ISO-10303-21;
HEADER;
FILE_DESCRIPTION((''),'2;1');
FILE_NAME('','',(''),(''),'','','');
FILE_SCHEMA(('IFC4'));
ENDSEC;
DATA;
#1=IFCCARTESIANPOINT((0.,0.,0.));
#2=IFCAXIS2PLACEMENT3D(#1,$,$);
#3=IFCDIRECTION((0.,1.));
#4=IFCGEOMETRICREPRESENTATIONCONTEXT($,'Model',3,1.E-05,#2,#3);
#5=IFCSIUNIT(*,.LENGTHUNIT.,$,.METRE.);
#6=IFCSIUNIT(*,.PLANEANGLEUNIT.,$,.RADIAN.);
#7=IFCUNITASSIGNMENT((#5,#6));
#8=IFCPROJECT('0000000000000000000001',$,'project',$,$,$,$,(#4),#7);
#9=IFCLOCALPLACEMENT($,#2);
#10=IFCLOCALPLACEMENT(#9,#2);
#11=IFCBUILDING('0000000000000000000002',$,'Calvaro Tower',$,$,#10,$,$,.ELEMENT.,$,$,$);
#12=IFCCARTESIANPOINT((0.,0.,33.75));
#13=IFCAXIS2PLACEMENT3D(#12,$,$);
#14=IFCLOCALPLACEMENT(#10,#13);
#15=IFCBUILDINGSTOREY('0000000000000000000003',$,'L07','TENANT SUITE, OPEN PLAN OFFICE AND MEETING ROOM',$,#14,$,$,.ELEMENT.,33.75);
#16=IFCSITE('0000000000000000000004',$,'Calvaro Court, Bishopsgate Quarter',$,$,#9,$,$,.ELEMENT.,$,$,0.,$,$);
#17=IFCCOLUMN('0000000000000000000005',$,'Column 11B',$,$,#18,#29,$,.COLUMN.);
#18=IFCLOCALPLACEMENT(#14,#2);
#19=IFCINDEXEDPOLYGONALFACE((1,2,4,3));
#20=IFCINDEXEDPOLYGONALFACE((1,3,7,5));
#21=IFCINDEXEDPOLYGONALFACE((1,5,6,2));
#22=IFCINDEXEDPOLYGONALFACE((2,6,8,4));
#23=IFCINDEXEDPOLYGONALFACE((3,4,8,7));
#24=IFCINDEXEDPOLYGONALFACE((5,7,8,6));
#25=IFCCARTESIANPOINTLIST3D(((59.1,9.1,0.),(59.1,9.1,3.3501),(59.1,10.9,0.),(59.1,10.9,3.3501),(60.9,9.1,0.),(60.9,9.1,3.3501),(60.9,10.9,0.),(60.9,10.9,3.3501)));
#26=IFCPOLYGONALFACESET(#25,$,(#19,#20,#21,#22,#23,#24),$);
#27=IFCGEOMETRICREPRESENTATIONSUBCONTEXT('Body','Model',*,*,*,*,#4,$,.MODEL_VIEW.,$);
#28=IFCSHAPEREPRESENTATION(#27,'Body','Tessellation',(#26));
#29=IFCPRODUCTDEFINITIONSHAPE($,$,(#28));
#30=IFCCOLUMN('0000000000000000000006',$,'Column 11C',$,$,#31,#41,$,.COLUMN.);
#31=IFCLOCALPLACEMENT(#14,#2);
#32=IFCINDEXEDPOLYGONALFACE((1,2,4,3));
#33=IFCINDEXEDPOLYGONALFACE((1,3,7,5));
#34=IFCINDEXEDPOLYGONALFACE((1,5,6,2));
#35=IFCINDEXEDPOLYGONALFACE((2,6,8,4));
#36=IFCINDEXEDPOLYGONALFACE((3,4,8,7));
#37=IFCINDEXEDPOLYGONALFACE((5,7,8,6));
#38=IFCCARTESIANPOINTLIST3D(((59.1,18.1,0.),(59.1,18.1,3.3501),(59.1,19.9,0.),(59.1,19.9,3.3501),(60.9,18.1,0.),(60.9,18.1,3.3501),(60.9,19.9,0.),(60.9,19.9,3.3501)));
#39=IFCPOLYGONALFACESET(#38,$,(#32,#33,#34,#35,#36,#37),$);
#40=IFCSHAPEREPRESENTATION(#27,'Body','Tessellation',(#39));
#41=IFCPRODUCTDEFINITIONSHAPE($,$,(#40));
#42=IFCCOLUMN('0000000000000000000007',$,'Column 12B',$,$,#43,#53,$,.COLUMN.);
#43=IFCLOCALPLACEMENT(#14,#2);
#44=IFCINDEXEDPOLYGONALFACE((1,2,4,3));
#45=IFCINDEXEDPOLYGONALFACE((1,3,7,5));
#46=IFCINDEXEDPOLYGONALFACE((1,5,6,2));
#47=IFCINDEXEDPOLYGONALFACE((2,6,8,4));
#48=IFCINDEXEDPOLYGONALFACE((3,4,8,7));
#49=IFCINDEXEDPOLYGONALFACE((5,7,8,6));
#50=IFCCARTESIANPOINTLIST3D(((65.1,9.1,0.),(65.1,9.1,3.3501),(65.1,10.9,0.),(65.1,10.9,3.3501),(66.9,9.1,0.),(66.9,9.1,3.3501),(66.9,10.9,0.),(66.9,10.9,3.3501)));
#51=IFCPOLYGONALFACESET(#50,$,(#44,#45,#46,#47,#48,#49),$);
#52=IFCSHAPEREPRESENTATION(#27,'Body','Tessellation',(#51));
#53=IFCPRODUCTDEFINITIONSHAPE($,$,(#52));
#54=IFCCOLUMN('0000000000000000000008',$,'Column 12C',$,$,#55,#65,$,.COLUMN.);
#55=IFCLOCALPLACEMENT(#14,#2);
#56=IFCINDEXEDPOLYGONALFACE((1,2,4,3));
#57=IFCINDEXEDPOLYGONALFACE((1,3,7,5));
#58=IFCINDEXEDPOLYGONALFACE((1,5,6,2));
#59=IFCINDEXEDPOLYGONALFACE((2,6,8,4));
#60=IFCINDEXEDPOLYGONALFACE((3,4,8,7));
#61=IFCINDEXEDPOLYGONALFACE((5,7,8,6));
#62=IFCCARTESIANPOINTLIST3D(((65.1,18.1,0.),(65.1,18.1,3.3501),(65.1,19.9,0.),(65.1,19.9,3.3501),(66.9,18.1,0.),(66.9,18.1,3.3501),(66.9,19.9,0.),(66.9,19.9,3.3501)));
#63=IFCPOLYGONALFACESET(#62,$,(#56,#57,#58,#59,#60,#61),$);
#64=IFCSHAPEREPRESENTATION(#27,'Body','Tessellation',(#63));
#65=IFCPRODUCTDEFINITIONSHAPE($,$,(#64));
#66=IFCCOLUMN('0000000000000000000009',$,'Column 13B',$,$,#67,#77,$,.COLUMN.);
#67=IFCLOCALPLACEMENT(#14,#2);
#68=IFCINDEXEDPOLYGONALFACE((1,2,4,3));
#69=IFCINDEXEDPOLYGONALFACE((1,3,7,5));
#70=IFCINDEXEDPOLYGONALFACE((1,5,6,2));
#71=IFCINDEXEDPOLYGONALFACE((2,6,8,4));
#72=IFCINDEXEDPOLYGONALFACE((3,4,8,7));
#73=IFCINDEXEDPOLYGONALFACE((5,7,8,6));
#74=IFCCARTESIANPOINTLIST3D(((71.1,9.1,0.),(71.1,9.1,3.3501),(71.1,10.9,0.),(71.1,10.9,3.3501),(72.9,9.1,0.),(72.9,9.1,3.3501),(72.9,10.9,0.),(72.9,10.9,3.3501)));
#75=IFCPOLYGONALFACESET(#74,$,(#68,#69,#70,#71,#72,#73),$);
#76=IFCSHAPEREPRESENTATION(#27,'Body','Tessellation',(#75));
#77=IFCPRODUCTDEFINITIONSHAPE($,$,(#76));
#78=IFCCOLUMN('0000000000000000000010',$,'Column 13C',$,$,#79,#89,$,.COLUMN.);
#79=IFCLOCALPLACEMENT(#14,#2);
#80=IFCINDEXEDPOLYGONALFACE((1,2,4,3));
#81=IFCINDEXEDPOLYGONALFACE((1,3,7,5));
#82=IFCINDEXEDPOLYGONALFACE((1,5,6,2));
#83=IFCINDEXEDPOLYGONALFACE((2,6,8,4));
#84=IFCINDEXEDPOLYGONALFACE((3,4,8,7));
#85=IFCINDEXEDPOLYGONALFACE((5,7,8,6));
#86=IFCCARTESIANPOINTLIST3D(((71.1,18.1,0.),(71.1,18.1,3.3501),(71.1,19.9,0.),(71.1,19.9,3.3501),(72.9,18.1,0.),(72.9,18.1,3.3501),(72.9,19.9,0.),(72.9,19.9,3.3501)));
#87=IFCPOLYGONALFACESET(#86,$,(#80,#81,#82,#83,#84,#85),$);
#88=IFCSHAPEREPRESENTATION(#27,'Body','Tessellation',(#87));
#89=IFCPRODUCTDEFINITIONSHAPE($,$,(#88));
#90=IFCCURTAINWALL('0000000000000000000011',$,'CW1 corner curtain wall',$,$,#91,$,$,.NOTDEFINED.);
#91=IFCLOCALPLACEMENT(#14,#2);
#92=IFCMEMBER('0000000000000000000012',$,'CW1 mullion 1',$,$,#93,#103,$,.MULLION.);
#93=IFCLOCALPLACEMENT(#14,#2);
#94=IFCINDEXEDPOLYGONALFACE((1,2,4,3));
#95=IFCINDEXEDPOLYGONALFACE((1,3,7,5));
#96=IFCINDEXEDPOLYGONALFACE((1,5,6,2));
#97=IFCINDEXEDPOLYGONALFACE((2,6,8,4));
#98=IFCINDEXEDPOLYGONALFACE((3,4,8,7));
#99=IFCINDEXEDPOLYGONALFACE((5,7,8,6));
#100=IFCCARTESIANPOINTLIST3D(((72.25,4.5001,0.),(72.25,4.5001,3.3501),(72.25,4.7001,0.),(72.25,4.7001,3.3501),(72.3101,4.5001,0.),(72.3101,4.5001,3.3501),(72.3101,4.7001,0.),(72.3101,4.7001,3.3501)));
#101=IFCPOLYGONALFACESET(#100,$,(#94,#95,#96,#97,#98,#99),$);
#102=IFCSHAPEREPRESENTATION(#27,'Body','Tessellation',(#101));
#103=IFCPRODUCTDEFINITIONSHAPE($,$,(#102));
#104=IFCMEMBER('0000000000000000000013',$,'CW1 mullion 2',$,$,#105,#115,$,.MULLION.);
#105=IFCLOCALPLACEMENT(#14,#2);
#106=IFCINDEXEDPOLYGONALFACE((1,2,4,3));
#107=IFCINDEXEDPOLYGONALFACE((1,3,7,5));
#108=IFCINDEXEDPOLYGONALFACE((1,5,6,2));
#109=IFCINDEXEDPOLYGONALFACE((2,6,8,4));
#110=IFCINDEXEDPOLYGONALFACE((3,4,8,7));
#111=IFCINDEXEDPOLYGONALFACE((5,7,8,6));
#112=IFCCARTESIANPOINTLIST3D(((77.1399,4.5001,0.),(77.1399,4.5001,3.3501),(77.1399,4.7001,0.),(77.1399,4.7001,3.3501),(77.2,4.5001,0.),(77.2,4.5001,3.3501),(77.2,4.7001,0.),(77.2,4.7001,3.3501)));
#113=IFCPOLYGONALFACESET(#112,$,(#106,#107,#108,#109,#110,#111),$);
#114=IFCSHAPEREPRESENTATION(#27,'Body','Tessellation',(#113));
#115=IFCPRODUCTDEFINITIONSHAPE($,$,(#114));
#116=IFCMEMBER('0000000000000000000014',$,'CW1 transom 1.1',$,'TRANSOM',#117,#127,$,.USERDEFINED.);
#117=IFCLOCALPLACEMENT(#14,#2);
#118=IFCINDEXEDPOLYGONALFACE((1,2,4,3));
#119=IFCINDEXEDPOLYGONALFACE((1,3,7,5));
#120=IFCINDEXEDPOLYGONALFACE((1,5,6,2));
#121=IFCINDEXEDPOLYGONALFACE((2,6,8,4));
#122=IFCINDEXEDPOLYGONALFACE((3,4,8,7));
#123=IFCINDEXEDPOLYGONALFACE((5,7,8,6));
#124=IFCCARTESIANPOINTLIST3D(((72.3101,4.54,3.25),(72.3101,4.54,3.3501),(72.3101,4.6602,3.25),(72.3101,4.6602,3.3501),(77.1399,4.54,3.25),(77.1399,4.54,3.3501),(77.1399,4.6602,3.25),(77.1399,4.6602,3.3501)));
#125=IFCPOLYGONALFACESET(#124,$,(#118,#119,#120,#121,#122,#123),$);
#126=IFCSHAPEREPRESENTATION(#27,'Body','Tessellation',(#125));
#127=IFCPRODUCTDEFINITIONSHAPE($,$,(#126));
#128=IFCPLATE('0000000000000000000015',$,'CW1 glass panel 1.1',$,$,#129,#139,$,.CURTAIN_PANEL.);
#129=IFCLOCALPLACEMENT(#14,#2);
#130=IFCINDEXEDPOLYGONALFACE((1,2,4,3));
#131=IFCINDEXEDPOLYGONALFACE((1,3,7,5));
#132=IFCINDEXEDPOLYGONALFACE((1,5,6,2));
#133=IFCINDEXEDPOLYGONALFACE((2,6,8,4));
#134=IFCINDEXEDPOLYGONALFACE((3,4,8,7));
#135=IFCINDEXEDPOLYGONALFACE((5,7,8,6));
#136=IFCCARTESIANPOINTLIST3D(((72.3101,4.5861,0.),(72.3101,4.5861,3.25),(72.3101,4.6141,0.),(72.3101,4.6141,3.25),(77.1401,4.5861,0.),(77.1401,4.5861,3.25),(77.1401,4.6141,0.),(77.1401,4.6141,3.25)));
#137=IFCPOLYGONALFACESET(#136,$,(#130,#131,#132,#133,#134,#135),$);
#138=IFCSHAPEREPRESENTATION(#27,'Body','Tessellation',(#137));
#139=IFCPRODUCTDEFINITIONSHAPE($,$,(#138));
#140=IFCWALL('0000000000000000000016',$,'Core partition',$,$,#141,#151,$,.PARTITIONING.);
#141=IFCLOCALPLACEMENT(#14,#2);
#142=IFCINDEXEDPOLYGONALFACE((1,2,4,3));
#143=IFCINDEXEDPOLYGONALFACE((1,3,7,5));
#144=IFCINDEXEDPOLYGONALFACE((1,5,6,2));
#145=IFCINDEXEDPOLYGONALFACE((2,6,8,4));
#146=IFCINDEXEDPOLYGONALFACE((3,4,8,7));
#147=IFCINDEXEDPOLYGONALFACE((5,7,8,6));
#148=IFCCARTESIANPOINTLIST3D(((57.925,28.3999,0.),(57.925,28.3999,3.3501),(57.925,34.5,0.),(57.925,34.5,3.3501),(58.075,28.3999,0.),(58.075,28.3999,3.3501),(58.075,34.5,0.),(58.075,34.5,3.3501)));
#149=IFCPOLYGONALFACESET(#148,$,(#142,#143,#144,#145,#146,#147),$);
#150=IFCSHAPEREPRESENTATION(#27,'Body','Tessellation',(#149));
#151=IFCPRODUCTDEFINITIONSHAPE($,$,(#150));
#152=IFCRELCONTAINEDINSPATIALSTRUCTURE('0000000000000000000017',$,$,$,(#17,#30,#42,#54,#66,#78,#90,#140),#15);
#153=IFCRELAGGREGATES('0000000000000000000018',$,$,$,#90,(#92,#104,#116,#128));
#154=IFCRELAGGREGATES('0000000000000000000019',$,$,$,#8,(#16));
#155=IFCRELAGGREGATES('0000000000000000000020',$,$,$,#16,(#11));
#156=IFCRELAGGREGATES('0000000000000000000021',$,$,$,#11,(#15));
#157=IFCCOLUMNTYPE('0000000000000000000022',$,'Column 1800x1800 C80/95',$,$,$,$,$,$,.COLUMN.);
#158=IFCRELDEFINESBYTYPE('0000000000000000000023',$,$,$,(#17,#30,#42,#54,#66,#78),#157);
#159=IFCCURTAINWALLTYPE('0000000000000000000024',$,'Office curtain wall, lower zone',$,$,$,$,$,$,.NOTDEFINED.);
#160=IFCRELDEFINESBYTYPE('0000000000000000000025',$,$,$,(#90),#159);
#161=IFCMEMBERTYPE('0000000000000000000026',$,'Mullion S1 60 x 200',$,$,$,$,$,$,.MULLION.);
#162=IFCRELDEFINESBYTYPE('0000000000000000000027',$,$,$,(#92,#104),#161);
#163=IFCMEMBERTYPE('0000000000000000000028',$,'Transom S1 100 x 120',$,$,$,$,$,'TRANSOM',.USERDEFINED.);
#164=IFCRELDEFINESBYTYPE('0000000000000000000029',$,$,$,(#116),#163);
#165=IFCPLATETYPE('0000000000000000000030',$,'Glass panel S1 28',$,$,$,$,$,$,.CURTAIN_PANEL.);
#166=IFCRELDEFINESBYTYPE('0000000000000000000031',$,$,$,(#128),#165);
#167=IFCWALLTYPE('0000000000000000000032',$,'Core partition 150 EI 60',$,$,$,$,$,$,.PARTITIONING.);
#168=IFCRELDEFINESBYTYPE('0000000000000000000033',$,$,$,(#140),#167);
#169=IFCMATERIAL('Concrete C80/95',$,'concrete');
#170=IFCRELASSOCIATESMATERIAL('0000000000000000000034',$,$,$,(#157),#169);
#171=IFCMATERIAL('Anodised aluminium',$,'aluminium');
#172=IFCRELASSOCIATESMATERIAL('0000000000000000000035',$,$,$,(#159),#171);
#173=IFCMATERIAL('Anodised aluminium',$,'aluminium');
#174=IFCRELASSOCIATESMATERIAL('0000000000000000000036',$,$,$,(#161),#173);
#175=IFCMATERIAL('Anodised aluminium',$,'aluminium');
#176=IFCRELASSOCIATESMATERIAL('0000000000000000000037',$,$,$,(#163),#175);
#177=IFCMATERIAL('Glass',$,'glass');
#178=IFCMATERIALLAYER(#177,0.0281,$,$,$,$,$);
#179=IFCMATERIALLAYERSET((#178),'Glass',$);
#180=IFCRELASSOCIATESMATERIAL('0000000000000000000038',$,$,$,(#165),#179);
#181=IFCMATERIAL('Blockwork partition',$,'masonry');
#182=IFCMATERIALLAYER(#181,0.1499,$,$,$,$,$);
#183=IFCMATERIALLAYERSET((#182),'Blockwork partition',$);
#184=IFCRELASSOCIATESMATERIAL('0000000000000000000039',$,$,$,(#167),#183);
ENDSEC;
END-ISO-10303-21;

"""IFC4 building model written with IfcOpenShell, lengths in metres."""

from ifc_helpers import new_model, si_unit, direction, frame, frame_2d, origin, origin_2d, place, context, subcontext, project, spatial, rectangle, extrude, material, layer, layer_set, material_profile, profile_set, type_object, element, aggregate, save


model = new_model("IFC4")

# Units and contexts
model_context = context("Model", 3, precision=1e-05, world=origin(), true_north=direction((0.0, 1.0)))
body_context = subcontext(model_context, "Body", "Model", "MODEL_VIEW")
ifc_project = project(units=[si_unit("LENGTHUNIT", "METRE"), si_unit("PLANEANGLEUNIT", "RADIAN")], contexts=[model_context])

# Site, building, storey
site_placement = place(None, origin())
site = spatial("IfcSite", under=ifc_project, at=site_placement, Name="Calvaro Court, Bishopsgate Quarter", CompositionType="ELEMENT", RefElevation=0.0)
building_placement = place(site_placement, origin())
building = spatial("IfcBuilding", under=site, at=building_placement, Name="Calvaro Tower", CompositionType="ELEMENT")
storey_placement = place(building_placement, frame((0.0, 0.0, 33.75)))
storey = spatial("IfcBuildingStorey", under=building, at=storey_placement, Name="L07", Description="TENANT SUITE, OPEN PLAN OFFICE AND MEETING ROOM", CompositionType="ELEMENT", Elevation=33.75)

# Columns
ifc_material_1 = material(Name="Concrete C80/95", Category="concrete")
ifc_material_profile_1 = material_profile(ifc_material_1, rectangle(XDim=1.8, YDim=1.8, at=origin_2d()), Name="RC 1800x1800")
ifc_profile_set_1 = profile_set([ifc_material_profile_1], Name="Concrete C80/95")
column_type = type_object("IfcColumnType", Name="Column 1800x1800 C80/95", PredefinedType="COLUMN", material=ifc_profile_set_1)
for number, where, z_axis, x_axis, name in (
    (1, (60.0, 10.0, 0.0), (0.0, 0.0, 1.0), (1.0, 0.0, 0.0), "Column 11B"),
    (2, (60.0, 19.0, 0.0), (0.0, 0.0, 1.0), (1.0, 0.0, 0.0), "Column 11C"),
    (3, (66.0, 10.0, 0.0), (0.0, 0.0, 1.0), (1.0, 0.0, 0.0), "Column 12B"),
    (4, (66.0, 19.0, 0.0), (0.0, 0.0, 1.0), (1.0, 0.0, 0.0), "Column 12C"),
    (5, (72.0, 10.0, 0.0), (0.0, 0.0, 1.0), (1.0, 0.0, 0.0), "Column 13B"),
    (6, (72.0, 19.0, 0.0), (0.0, 0.0, 1.0), (1.0, 0.0, 0.0), "Column 13C"),
):
    element("IfcColumn", number, at=place(storey_placement, frame(where, z_axis=z_axis, x_axis=x_axis)), inside=storey, type_object=column_type, Name=name, PredefinedType="COLUMN", context=body_context, shape_type="SweptSolid", body=[
        extrude(rectangle(XDim=1.8, YDim=1.8, at=origin_2d()), origin(), (0.0, 0.0, 1.0), 3.3501),
    ])

# Curtain wall, members, plate
ifc_material_2 = material(Name="Anodised aluminium", Category="aluminium")
curtain_wall_type = type_object("IfcCurtainWallType", Name="Office curtain wall, lower zone", PredefinedType="NOTDEFINED", material=ifc_material_2)
curtain_wall_placement = place(storey_placement, origin())
curtain_wall = element("IfcCurtainWall", 7, at=curtain_wall_placement, inside=storey, type_object=curtain_wall_type, Name="CW1 corner curtain wall", PredefinedType="NOTDEFINED")
ifc_material_3 = material(Name="Anodised aluminium", Category="aluminium")
ifc_material_profile_2 = material_profile(ifc_material_3, rectangle(XDim=0.2, YDim=0.0601, at=origin_2d()), Name="Mullion S1 60 x 200")
ifc_profile_set_2 = profile_set([ifc_material_profile_2], Name="Anodised aluminium")
member_type_1 = type_object("IfcMemberType", Name="Mullion S1 60 x 200", PredefinedType="MULLION", material=ifc_profile_set_2)
member_1_placement = place(storey_placement, frame((72.28, 4.6001, 0.0), z_axis=(0.0, 0.0, 1.0), x_axis=(0.0, 1.0, 0.0)))
member_1 = element("IfcMember", 8, at=member_1_placement, type_object=member_type_1, Name="CW1 mullion 1", PredefinedType="MULLION", context=body_context, shape_type="SweptSolid", body=[
    extrude(rectangle(XDim=0.2, YDim=0.0601, at=origin_2d()), origin(), (0.0, 0.0, 1.0), 3.3501),
])
member_2_placement = place(storey_placement, frame((77.1699, 4.6001, 0.0), z_axis=(0.0, 0.0, 1.0), x_axis=(0.0, 1.0, 0.0)))
member_2 = element("IfcMember", 9, at=member_2_placement, type_object=member_type_1, Name="CW1 mullion 2", PredefinedType="MULLION", context=body_context, shape_type="SweptSolid", body=[
    extrude(rectangle(XDim=0.2, YDim=0.0601, at=origin_2d()), origin(), (0.0, 0.0, 1.0), 3.3501),
])
ifc_material_4 = material(Name="Anodised aluminium", Category="aluminium")
ifc_material_profile_3 = material_profile(ifc_material_4, rectangle(XDim=0.1201, YDim=0.1001, at=origin_2d()), Name="Transom S1 100 x 120")
ifc_profile_set_3 = profile_set([ifc_material_profile_3], Name="Anodised aluminium")
member_type_2 = type_object("IfcMemberType", Name="Transom S1 100 x 120", ElementType="TRANSOM", PredefinedType="USERDEFINED", material=ifc_profile_set_3)
member_3_placement = place(storey_placement, frame((72.3101, 4.6001, 3.3), z_axis=(1.0, 0.0, 0.0), x_axis=(0.0, 1.0, 0.0)))
member_3 = element("IfcMember", 10, at=member_3_placement, type_object=member_type_2, Name="CW1 transom 1.1", ObjectType="TRANSOM", PredefinedType="USERDEFINED", context=body_context, shape_type="SweptSolid", body=[
    extrude(rectangle(XDim=0.1201, YDim=0.1001, at=origin_2d()), origin(), (0.0, 0.0, 1.0), 4.8298),
])
ifc_material_5 = material(Name="Glass", Category="glass")
ifc_layer_1 = layer(ifc_material_5, 0.0281)
ifc_layer_set_1 = layer_set([ifc_layer_1], Name="Glass")
plate_type = type_object("IfcPlateType", Name="Glass panel S1 28", PredefinedType="CURTAIN_PANEL", material=ifc_layer_set_1)
plate_placement = place(storey_placement, frame((74.7251, 4.6001, 0.0), z_axis=(0.0, 0.0, 1.0), x_axis=(1.0, 0.0, 0.0)))
plate = element("IfcPlate", 11, at=plate_placement, type_object=plate_type, Name="CW1 glass panel 1.1", PredefinedType="CURTAIN_PANEL", context=body_context, shape_type="SweptSolid", body=[
    extrude(rectangle(XDim=4.8301, YDim=0.0281, at=origin_2d()), origin(), (0.0, 0.0, 1.0), 3.25),
])
aggregate(curtain_wall, [member_1, member_2, member_3, plate])

# Wall
ifc_material_6 = material(Name="Blockwork partition", Category="masonry")
ifc_layer_2 = layer(ifc_material_6, 0.1499)
ifc_layer_set_2 = layer_set([ifc_layer_2], Name="Blockwork partition")
wall_type_1 = type_object("IfcWallType", Name="Core partition 150 EI 60", PredefinedType="PARTITIONING", material=ifc_layer_set_2)
wall_1_placement = place(storey_placement, frame((58.0, 28.3999, 0.0), z_axis=(0.0, 0.0, 1.0), x_axis=(0.0, 1.0, 0.0)))
element("IfcWall", 12, at=wall_1_placement, inside=storey, type_object=wall_type_1, Name="Core partition", PredefinedType="PARTITIONING", context=body_context, shape_type="SweptSolid", body=[
    extrude(rectangle(XDim=6.1001, YDim=0.1499, at=frame_2d((3.05, 0.0))), origin(), (0.0, 0.0, 1.0), 3.3501),
])

save(model, "model.ifc")
